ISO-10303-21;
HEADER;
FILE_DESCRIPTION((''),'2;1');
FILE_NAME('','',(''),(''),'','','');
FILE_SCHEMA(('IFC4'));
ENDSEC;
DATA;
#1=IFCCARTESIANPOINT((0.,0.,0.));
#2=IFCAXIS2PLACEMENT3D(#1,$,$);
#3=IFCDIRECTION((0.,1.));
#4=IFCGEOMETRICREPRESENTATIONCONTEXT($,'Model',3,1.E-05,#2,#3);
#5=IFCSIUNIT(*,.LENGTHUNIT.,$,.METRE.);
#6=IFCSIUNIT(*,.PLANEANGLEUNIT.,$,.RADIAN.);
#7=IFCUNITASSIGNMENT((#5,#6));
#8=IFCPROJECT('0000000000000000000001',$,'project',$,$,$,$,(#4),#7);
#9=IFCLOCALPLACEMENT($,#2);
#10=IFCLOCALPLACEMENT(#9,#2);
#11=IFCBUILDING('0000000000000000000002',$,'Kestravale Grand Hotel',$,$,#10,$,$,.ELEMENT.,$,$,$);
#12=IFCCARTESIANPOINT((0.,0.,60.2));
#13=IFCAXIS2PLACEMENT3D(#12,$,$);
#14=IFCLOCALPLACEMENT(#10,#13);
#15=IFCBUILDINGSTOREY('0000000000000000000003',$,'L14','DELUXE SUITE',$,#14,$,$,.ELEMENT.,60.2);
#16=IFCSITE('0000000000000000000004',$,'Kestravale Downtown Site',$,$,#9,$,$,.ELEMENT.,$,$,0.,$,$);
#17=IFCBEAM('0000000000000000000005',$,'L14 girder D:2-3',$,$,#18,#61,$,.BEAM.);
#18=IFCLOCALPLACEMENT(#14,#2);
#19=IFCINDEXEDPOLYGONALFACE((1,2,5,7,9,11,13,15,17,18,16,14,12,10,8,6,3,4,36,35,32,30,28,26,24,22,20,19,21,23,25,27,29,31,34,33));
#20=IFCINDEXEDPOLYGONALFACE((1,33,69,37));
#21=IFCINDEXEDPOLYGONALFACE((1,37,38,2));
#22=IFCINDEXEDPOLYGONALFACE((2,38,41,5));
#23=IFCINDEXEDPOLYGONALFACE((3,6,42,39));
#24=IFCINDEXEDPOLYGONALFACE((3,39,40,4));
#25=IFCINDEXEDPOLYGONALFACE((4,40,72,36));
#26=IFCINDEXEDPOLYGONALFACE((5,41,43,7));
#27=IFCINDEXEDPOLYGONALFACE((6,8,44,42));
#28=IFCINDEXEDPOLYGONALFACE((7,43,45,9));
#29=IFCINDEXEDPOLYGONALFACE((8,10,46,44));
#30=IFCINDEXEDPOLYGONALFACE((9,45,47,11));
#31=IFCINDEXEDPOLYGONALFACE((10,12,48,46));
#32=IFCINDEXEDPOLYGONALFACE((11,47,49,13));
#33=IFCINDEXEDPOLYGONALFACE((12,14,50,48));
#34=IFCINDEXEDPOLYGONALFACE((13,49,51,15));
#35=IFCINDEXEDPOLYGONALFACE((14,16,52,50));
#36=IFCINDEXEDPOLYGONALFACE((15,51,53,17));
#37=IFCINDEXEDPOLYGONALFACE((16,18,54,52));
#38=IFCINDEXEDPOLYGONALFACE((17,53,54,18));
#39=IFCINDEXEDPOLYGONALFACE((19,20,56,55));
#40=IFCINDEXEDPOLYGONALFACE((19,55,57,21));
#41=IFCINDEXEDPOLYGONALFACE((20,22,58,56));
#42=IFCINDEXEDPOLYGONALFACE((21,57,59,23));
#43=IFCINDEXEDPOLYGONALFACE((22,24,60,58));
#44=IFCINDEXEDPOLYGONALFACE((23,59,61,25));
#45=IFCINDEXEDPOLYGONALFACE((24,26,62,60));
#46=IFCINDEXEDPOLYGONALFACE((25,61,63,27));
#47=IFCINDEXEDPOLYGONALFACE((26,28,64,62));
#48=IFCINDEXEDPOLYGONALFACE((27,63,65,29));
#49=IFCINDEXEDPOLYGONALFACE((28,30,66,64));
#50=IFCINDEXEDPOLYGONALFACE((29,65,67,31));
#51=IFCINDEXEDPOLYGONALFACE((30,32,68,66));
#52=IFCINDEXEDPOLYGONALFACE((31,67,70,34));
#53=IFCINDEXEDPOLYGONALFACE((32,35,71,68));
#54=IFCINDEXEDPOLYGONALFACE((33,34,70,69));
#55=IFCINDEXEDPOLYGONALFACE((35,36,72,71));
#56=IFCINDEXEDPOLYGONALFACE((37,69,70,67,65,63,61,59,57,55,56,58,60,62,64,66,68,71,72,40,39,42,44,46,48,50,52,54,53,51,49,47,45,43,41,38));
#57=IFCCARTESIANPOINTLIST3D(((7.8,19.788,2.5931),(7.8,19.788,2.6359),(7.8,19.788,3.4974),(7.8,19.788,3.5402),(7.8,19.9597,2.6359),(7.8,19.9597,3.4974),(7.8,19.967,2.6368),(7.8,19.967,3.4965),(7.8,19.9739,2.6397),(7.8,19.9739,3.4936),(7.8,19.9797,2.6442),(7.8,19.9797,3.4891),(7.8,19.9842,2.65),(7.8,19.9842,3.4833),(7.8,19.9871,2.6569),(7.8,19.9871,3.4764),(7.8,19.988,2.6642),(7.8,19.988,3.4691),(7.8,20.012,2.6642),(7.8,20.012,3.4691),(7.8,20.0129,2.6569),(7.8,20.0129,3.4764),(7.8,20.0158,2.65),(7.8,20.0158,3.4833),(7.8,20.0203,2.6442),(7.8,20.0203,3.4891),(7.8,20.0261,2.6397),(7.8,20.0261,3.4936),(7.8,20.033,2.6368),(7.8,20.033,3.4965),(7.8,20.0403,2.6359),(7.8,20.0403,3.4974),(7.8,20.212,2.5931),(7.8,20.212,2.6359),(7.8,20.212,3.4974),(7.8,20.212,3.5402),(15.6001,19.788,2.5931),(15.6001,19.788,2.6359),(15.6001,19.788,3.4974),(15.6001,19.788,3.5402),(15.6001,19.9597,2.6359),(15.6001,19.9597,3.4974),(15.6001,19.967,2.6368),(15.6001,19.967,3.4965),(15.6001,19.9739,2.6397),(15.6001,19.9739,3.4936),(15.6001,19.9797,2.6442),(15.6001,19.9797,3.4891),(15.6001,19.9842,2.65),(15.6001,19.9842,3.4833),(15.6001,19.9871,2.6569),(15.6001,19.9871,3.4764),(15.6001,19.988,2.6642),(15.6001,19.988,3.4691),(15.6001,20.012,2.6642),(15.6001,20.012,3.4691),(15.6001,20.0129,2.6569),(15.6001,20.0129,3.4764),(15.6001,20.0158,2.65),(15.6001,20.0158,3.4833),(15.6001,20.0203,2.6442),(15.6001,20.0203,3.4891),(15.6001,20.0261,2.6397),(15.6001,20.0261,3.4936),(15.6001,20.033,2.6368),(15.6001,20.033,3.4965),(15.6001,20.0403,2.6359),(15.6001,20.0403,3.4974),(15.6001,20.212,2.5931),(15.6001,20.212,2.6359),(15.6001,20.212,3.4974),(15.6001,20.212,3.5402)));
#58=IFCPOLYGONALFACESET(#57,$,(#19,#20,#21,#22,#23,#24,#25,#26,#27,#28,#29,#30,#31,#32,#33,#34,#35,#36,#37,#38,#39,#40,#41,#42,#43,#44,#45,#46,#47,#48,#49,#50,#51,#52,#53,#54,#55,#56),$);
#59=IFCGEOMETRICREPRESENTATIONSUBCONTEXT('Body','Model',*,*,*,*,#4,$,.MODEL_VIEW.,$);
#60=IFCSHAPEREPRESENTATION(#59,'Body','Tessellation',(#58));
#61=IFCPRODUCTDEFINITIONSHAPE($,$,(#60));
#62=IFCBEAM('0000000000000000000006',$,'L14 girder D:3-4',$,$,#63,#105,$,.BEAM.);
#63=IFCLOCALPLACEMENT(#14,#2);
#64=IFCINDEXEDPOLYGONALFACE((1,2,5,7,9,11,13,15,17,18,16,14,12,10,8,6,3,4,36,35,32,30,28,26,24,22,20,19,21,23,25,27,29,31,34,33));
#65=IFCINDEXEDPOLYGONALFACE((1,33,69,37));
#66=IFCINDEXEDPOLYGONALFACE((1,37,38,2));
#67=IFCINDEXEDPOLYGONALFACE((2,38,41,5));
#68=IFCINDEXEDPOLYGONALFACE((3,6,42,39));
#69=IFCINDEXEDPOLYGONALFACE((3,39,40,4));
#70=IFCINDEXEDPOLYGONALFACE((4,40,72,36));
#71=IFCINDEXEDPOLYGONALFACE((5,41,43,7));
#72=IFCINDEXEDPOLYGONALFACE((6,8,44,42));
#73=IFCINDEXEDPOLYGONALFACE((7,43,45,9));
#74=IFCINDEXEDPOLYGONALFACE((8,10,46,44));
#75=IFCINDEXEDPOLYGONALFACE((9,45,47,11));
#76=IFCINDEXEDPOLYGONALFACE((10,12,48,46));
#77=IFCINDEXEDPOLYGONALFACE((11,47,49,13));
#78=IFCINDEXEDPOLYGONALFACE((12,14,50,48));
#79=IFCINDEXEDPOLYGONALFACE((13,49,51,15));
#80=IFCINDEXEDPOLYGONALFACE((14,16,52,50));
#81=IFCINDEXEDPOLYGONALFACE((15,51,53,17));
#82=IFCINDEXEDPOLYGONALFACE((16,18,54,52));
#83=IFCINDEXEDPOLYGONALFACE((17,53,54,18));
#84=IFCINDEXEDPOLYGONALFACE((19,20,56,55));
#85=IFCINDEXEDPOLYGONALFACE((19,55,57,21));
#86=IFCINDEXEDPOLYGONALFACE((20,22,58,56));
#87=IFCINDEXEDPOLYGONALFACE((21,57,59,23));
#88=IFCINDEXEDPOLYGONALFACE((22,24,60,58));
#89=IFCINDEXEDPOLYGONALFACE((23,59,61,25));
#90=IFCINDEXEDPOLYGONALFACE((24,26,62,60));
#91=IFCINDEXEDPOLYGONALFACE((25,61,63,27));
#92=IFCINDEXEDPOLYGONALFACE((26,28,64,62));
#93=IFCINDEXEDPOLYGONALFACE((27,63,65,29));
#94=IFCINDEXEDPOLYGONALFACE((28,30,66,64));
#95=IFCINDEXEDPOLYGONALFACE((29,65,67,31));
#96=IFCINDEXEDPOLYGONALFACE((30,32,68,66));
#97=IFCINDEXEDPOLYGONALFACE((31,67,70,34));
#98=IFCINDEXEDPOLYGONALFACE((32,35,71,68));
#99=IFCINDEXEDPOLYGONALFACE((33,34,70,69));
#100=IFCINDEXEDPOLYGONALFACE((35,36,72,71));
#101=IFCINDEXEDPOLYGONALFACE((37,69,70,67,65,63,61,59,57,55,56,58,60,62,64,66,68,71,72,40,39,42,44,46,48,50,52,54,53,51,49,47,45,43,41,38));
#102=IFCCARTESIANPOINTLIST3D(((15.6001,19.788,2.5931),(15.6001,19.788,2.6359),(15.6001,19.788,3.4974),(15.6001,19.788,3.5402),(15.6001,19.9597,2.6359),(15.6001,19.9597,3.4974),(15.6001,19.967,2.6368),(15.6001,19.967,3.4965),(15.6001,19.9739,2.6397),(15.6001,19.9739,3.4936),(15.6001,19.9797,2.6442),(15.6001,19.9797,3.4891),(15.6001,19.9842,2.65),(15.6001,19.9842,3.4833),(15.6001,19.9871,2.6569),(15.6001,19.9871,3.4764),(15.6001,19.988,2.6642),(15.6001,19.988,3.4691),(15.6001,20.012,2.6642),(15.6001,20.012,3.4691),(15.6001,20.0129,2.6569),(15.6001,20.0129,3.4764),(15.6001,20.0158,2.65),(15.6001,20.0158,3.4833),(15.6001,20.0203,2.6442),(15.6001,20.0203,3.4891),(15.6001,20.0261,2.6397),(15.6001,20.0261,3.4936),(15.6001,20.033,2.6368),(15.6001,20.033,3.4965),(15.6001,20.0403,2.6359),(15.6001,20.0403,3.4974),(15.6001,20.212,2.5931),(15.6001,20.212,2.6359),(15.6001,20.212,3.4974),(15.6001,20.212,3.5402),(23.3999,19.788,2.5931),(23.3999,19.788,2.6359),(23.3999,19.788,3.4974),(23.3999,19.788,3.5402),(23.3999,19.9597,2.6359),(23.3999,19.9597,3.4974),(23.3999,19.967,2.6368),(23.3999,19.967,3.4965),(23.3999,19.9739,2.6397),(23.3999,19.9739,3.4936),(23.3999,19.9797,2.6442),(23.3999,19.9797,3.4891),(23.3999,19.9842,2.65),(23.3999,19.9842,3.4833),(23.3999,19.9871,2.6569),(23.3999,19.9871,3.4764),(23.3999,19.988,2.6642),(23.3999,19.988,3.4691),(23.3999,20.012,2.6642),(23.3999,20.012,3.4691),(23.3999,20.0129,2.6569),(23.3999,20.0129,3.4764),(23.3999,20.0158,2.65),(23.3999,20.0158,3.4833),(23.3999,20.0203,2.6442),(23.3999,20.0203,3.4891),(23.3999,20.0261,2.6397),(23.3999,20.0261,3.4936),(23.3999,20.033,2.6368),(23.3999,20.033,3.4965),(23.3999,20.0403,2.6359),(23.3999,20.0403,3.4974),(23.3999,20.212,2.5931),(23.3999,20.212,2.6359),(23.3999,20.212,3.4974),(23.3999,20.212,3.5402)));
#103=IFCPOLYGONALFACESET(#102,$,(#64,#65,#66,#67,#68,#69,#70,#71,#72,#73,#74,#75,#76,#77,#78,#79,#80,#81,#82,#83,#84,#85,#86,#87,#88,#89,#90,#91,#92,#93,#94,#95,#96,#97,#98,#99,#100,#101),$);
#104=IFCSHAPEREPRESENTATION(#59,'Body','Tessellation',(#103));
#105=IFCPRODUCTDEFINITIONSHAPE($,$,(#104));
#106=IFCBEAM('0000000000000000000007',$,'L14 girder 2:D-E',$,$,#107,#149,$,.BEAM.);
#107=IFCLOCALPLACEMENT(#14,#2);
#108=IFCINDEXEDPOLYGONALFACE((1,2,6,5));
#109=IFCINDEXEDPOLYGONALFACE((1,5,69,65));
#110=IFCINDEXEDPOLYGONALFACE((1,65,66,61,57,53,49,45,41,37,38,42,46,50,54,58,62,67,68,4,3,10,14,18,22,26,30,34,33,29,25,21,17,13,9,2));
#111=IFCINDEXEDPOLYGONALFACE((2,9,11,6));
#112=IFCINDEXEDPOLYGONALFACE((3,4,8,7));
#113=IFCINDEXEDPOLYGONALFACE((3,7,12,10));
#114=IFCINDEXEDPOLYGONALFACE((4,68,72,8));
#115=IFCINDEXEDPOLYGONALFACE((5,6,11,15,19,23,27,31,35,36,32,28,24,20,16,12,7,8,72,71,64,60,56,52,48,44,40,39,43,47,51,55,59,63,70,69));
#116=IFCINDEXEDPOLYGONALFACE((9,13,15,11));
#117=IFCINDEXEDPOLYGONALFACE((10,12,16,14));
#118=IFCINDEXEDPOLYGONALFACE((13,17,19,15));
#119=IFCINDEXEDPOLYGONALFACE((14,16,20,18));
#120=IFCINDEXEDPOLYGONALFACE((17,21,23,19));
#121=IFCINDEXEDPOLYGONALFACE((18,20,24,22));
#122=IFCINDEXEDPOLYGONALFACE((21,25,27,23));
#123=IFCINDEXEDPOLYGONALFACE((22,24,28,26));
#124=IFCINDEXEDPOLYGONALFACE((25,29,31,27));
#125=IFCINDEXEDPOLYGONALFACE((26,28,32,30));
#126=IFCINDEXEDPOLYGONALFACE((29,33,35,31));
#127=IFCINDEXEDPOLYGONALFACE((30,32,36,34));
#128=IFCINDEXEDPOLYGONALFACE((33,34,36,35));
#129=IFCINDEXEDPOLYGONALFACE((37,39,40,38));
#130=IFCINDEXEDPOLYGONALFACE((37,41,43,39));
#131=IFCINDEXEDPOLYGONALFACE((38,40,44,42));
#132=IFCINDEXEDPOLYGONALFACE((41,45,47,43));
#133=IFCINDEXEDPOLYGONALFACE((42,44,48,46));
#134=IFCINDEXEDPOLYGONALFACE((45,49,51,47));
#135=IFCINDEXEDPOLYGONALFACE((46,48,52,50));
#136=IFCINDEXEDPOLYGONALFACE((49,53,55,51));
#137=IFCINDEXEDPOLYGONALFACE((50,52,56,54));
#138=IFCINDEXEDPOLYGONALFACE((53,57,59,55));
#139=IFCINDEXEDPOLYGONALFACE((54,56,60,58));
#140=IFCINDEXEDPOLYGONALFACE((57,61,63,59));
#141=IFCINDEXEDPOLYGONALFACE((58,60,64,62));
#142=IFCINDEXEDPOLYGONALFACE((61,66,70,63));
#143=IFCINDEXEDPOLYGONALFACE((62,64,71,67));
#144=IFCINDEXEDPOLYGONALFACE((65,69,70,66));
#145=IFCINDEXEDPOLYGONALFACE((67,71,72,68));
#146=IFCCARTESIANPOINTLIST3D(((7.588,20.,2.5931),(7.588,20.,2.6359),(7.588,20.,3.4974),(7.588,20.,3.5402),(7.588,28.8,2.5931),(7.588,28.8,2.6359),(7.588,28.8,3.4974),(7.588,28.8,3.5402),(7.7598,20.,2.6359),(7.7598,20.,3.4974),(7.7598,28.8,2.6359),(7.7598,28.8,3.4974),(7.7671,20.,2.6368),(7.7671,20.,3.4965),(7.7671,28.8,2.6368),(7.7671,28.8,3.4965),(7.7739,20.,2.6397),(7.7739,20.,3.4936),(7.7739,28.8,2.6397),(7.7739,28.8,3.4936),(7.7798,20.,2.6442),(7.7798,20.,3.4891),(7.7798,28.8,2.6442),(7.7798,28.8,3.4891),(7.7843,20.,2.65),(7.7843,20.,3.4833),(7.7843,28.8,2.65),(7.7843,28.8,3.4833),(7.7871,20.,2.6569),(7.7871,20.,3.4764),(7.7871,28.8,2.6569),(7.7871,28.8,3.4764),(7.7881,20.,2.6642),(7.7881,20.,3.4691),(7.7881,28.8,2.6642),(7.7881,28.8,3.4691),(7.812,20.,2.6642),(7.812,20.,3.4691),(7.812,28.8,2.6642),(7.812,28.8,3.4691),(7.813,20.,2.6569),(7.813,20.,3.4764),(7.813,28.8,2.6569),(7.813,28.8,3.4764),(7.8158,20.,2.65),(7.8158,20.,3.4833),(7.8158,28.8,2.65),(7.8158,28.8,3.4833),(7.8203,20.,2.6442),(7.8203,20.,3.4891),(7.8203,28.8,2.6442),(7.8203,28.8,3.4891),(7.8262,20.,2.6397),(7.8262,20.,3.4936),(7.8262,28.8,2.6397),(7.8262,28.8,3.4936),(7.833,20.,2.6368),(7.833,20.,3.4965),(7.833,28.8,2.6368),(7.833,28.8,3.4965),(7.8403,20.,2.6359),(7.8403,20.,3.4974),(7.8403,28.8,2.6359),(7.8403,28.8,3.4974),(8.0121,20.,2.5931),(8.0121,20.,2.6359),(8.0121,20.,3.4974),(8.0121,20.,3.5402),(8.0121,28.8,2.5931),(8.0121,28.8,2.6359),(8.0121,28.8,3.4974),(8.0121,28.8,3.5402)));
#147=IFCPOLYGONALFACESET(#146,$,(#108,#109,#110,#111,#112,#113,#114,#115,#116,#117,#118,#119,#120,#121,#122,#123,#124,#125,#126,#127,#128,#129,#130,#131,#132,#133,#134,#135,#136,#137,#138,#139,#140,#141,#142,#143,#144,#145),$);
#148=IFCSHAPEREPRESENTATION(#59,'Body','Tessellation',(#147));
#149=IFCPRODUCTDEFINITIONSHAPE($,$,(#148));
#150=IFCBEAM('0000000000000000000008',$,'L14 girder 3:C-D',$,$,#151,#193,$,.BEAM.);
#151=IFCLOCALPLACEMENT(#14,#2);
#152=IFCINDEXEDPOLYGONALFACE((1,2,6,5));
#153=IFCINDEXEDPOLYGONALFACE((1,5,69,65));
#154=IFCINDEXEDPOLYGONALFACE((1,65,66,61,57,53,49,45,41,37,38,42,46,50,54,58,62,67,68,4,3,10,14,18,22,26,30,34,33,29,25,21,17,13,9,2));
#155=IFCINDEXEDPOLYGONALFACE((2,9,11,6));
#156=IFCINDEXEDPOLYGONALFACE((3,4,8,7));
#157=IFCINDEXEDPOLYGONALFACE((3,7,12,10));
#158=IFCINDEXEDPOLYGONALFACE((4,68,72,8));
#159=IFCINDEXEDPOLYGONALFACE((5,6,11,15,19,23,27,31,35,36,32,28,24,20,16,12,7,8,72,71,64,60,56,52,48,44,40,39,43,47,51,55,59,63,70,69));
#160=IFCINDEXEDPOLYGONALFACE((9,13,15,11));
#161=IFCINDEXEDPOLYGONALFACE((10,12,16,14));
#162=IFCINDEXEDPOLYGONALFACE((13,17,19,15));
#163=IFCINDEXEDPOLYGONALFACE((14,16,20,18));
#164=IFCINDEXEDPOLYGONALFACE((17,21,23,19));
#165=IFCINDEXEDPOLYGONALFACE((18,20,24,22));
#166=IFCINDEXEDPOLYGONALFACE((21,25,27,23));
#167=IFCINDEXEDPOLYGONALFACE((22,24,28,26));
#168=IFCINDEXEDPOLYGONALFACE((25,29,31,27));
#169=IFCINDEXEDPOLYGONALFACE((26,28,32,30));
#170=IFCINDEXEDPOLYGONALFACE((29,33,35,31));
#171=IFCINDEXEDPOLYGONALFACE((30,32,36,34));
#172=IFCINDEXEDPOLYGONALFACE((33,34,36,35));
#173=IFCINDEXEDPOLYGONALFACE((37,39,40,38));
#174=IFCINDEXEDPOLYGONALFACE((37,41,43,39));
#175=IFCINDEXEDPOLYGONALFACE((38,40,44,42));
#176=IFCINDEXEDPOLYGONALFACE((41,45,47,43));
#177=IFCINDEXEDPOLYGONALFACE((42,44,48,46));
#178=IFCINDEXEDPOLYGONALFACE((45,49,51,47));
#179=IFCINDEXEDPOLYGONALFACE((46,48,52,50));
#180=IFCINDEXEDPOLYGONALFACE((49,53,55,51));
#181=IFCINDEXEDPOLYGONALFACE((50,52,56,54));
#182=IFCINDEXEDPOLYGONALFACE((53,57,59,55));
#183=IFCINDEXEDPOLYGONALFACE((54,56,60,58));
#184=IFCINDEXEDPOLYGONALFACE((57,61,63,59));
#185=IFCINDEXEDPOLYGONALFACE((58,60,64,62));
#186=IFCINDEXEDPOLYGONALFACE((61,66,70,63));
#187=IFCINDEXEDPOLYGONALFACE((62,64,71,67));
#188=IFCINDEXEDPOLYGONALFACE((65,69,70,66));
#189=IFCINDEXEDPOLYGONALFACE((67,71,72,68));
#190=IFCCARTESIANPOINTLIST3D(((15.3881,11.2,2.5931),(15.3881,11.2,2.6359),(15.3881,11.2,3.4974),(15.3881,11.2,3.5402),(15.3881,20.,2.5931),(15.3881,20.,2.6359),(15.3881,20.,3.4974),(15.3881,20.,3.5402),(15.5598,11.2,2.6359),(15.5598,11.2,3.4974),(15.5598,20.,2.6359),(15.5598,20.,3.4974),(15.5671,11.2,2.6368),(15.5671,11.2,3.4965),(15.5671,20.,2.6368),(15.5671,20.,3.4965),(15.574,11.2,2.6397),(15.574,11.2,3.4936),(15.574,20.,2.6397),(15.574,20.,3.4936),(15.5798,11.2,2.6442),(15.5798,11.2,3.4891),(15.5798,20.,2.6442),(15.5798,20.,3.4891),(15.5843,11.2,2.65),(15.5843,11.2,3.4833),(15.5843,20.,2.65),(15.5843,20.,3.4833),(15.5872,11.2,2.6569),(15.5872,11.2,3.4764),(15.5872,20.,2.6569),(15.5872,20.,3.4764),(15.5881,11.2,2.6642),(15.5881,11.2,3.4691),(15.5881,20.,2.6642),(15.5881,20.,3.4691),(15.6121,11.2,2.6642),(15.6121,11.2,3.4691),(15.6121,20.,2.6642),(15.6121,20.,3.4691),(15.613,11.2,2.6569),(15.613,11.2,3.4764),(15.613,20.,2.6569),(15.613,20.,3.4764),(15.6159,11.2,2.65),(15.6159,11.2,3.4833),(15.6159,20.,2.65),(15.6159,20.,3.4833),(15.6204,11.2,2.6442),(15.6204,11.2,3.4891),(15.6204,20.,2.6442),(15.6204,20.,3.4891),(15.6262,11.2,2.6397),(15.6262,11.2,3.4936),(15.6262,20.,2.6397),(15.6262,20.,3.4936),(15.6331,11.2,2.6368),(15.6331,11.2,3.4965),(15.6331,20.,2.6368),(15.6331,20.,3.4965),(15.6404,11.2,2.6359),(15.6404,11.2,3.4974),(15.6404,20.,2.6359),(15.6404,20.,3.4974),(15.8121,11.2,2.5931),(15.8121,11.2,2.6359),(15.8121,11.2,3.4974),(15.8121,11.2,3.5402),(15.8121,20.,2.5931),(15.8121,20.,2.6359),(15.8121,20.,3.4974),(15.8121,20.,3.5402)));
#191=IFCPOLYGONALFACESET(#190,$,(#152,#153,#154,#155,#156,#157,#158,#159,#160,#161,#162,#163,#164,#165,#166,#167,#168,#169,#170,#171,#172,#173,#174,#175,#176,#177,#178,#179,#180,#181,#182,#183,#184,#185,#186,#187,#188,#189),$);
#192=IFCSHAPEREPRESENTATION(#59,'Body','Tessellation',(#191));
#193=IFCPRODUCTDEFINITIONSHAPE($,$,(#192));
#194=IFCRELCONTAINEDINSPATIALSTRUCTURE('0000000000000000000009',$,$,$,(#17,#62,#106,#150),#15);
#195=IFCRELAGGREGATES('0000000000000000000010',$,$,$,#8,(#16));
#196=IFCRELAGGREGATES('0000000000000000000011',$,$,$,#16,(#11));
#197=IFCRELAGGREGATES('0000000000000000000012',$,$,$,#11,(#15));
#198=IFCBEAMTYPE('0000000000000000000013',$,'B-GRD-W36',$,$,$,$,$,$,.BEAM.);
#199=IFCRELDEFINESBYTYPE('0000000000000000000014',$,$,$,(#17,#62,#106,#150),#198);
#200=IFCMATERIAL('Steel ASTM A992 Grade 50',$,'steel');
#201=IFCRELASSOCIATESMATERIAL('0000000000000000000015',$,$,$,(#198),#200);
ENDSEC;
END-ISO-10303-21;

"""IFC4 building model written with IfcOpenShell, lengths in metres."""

from ifc_helpers import new_model, si_unit, direction, frame, origin, origin_2d, place, context, subcontext, project, spatial, i_section, extrude, material, material_profile, profile_set, type_object, element, save


model = new_model("IFC4")

# Units and contexts
model_context = context("Model", 3, precision=1e-05, world=origin(), true_north=direction((0.0, 1.0)))
body_context = subcontext(model_context, "Body", "Model", "MODEL_VIEW")
ifc_project = project(units=[si_unit("LENGTHUNIT", "METRE"), si_unit("PLANEANGLEUNIT", "RADIAN")], contexts=[model_context])

# Site, building, storey
site_placement = place(None, origin())
site = spatial("IfcSite", under=ifc_project, at=site_placement, Name="Kestravale Downtown Site", CompositionType="ELEMENT", RefElevation=0.0)
building_placement = place(site_placement, origin())
building = spatial("IfcBuilding", under=site, at=building_placement, Name="Kestravale Grand Hotel", CompositionType="ELEMENT")
storey_placement = place(building_placement, frame((0.0, 0.0, 60.2)))
storey = spatial("IfcBuildingStorey", under=building, at=storey_placement, Name="L14", Description="DELUXE SUITE", CompositionType="ELEMENT", Elevation=60.2)

# Beams
ifc_material_1 = material(Name="Steel ASTM A992 Grade 50", Category="steel")
ifc_material_profile_1 = material_profile(ifc_material_1, i_section(OverallWidth=0.4241, OverallDepth=0.947, WebThickness=0.0239, FlangeThickness=0.0427, FilletRadius=0.0283, at=origin_2d()))
ifc_profile_set_1 = profile_set([ifc_material_profile_1], Name="Steel ASTM A992 Grade 50")
beam_type_1 = type_object("IfcBeamType", Name="B-GRD-W36", PredefinedType="BEAM", material=ifc_profile_set_1)
beam_1_placement = place(storey_placement, frame((7.8, 20.0, 3.0667), z_axis=(1.0, 0.0, 0.0), x_axis=(0.0, 1.0, 0.0)))
element("IfcBeam", 1, at=beam_1_placement, inside=storey, type_object=beam_type_1, Name="L14 girder D:2-3", PredefinedType="BEAM", context=body_context, shape_type="SweptSolid", body=[
    extrude(i_section(OverallWidth=0.4241, OverallDepth=0.947, WebThickness=0.0239, FlangeThickness=0.0427, FilletRadius=0.0283, at=origin_2d()), origin(), (0.0, 0.0, 1.0), 7.8),
])
beam_2_placement = place(storey_placement, frame((15.6001, 20.0, 3.0667), z_axis=(1.0, 0.0, 0.0), x_axis=(0.0, 1.0, 0.0)))
element("IfcBeam", 2, at=beam_2_placement, inside=storey, type_object=beam_type_1, Name="L14 girder D:3-4", PredefinedType="BEAM", context=body_context, shape_type="SweptSolid", body=[
    extrude(i_section(OverallWidth=0.4241, OverallDepth=0.947, WebThickness=0.0239, FlangeThickness=0.0427, FilletRadius=0.0283, at=origin_2d()), origin(), (0.0, 0.0, 1.0), 7.7998),
])
for number, where, z_axis, x_axis, name in (
    (3, (7.8, 20.0, 3.0667), (0.0, 1.0, 0.0), (-1.0, 0.0, 0.0), "L14 girder 2:D-E"),
    (4, (15.6001, 11.2, 3.0667), (0.0, 1.0, 0.0), (-1.0, 0.0, 0.0), "L14 girder 3:C-D"),
):
    element("IfcBeam", number, at=place(storey_placement, frame(where, z_axis=z_axis, x_axis=x_axis)), inside=storey, type_object=beam_type_1, Name=name, PredefinedType="BEAM", context=body_context, shape_type="SweptSolid", body=[
        extrude(i_section(OverallWidth=0.4241, OverallDepth=0.947, WebThickness=0.0239, FlangeThickness=0.0427, FilletRadius=0.0283, at=origin_2d()), origin(), (0.0, 0.0, 1.0), 8.8),
    ])

save(model, "model.ifc")
